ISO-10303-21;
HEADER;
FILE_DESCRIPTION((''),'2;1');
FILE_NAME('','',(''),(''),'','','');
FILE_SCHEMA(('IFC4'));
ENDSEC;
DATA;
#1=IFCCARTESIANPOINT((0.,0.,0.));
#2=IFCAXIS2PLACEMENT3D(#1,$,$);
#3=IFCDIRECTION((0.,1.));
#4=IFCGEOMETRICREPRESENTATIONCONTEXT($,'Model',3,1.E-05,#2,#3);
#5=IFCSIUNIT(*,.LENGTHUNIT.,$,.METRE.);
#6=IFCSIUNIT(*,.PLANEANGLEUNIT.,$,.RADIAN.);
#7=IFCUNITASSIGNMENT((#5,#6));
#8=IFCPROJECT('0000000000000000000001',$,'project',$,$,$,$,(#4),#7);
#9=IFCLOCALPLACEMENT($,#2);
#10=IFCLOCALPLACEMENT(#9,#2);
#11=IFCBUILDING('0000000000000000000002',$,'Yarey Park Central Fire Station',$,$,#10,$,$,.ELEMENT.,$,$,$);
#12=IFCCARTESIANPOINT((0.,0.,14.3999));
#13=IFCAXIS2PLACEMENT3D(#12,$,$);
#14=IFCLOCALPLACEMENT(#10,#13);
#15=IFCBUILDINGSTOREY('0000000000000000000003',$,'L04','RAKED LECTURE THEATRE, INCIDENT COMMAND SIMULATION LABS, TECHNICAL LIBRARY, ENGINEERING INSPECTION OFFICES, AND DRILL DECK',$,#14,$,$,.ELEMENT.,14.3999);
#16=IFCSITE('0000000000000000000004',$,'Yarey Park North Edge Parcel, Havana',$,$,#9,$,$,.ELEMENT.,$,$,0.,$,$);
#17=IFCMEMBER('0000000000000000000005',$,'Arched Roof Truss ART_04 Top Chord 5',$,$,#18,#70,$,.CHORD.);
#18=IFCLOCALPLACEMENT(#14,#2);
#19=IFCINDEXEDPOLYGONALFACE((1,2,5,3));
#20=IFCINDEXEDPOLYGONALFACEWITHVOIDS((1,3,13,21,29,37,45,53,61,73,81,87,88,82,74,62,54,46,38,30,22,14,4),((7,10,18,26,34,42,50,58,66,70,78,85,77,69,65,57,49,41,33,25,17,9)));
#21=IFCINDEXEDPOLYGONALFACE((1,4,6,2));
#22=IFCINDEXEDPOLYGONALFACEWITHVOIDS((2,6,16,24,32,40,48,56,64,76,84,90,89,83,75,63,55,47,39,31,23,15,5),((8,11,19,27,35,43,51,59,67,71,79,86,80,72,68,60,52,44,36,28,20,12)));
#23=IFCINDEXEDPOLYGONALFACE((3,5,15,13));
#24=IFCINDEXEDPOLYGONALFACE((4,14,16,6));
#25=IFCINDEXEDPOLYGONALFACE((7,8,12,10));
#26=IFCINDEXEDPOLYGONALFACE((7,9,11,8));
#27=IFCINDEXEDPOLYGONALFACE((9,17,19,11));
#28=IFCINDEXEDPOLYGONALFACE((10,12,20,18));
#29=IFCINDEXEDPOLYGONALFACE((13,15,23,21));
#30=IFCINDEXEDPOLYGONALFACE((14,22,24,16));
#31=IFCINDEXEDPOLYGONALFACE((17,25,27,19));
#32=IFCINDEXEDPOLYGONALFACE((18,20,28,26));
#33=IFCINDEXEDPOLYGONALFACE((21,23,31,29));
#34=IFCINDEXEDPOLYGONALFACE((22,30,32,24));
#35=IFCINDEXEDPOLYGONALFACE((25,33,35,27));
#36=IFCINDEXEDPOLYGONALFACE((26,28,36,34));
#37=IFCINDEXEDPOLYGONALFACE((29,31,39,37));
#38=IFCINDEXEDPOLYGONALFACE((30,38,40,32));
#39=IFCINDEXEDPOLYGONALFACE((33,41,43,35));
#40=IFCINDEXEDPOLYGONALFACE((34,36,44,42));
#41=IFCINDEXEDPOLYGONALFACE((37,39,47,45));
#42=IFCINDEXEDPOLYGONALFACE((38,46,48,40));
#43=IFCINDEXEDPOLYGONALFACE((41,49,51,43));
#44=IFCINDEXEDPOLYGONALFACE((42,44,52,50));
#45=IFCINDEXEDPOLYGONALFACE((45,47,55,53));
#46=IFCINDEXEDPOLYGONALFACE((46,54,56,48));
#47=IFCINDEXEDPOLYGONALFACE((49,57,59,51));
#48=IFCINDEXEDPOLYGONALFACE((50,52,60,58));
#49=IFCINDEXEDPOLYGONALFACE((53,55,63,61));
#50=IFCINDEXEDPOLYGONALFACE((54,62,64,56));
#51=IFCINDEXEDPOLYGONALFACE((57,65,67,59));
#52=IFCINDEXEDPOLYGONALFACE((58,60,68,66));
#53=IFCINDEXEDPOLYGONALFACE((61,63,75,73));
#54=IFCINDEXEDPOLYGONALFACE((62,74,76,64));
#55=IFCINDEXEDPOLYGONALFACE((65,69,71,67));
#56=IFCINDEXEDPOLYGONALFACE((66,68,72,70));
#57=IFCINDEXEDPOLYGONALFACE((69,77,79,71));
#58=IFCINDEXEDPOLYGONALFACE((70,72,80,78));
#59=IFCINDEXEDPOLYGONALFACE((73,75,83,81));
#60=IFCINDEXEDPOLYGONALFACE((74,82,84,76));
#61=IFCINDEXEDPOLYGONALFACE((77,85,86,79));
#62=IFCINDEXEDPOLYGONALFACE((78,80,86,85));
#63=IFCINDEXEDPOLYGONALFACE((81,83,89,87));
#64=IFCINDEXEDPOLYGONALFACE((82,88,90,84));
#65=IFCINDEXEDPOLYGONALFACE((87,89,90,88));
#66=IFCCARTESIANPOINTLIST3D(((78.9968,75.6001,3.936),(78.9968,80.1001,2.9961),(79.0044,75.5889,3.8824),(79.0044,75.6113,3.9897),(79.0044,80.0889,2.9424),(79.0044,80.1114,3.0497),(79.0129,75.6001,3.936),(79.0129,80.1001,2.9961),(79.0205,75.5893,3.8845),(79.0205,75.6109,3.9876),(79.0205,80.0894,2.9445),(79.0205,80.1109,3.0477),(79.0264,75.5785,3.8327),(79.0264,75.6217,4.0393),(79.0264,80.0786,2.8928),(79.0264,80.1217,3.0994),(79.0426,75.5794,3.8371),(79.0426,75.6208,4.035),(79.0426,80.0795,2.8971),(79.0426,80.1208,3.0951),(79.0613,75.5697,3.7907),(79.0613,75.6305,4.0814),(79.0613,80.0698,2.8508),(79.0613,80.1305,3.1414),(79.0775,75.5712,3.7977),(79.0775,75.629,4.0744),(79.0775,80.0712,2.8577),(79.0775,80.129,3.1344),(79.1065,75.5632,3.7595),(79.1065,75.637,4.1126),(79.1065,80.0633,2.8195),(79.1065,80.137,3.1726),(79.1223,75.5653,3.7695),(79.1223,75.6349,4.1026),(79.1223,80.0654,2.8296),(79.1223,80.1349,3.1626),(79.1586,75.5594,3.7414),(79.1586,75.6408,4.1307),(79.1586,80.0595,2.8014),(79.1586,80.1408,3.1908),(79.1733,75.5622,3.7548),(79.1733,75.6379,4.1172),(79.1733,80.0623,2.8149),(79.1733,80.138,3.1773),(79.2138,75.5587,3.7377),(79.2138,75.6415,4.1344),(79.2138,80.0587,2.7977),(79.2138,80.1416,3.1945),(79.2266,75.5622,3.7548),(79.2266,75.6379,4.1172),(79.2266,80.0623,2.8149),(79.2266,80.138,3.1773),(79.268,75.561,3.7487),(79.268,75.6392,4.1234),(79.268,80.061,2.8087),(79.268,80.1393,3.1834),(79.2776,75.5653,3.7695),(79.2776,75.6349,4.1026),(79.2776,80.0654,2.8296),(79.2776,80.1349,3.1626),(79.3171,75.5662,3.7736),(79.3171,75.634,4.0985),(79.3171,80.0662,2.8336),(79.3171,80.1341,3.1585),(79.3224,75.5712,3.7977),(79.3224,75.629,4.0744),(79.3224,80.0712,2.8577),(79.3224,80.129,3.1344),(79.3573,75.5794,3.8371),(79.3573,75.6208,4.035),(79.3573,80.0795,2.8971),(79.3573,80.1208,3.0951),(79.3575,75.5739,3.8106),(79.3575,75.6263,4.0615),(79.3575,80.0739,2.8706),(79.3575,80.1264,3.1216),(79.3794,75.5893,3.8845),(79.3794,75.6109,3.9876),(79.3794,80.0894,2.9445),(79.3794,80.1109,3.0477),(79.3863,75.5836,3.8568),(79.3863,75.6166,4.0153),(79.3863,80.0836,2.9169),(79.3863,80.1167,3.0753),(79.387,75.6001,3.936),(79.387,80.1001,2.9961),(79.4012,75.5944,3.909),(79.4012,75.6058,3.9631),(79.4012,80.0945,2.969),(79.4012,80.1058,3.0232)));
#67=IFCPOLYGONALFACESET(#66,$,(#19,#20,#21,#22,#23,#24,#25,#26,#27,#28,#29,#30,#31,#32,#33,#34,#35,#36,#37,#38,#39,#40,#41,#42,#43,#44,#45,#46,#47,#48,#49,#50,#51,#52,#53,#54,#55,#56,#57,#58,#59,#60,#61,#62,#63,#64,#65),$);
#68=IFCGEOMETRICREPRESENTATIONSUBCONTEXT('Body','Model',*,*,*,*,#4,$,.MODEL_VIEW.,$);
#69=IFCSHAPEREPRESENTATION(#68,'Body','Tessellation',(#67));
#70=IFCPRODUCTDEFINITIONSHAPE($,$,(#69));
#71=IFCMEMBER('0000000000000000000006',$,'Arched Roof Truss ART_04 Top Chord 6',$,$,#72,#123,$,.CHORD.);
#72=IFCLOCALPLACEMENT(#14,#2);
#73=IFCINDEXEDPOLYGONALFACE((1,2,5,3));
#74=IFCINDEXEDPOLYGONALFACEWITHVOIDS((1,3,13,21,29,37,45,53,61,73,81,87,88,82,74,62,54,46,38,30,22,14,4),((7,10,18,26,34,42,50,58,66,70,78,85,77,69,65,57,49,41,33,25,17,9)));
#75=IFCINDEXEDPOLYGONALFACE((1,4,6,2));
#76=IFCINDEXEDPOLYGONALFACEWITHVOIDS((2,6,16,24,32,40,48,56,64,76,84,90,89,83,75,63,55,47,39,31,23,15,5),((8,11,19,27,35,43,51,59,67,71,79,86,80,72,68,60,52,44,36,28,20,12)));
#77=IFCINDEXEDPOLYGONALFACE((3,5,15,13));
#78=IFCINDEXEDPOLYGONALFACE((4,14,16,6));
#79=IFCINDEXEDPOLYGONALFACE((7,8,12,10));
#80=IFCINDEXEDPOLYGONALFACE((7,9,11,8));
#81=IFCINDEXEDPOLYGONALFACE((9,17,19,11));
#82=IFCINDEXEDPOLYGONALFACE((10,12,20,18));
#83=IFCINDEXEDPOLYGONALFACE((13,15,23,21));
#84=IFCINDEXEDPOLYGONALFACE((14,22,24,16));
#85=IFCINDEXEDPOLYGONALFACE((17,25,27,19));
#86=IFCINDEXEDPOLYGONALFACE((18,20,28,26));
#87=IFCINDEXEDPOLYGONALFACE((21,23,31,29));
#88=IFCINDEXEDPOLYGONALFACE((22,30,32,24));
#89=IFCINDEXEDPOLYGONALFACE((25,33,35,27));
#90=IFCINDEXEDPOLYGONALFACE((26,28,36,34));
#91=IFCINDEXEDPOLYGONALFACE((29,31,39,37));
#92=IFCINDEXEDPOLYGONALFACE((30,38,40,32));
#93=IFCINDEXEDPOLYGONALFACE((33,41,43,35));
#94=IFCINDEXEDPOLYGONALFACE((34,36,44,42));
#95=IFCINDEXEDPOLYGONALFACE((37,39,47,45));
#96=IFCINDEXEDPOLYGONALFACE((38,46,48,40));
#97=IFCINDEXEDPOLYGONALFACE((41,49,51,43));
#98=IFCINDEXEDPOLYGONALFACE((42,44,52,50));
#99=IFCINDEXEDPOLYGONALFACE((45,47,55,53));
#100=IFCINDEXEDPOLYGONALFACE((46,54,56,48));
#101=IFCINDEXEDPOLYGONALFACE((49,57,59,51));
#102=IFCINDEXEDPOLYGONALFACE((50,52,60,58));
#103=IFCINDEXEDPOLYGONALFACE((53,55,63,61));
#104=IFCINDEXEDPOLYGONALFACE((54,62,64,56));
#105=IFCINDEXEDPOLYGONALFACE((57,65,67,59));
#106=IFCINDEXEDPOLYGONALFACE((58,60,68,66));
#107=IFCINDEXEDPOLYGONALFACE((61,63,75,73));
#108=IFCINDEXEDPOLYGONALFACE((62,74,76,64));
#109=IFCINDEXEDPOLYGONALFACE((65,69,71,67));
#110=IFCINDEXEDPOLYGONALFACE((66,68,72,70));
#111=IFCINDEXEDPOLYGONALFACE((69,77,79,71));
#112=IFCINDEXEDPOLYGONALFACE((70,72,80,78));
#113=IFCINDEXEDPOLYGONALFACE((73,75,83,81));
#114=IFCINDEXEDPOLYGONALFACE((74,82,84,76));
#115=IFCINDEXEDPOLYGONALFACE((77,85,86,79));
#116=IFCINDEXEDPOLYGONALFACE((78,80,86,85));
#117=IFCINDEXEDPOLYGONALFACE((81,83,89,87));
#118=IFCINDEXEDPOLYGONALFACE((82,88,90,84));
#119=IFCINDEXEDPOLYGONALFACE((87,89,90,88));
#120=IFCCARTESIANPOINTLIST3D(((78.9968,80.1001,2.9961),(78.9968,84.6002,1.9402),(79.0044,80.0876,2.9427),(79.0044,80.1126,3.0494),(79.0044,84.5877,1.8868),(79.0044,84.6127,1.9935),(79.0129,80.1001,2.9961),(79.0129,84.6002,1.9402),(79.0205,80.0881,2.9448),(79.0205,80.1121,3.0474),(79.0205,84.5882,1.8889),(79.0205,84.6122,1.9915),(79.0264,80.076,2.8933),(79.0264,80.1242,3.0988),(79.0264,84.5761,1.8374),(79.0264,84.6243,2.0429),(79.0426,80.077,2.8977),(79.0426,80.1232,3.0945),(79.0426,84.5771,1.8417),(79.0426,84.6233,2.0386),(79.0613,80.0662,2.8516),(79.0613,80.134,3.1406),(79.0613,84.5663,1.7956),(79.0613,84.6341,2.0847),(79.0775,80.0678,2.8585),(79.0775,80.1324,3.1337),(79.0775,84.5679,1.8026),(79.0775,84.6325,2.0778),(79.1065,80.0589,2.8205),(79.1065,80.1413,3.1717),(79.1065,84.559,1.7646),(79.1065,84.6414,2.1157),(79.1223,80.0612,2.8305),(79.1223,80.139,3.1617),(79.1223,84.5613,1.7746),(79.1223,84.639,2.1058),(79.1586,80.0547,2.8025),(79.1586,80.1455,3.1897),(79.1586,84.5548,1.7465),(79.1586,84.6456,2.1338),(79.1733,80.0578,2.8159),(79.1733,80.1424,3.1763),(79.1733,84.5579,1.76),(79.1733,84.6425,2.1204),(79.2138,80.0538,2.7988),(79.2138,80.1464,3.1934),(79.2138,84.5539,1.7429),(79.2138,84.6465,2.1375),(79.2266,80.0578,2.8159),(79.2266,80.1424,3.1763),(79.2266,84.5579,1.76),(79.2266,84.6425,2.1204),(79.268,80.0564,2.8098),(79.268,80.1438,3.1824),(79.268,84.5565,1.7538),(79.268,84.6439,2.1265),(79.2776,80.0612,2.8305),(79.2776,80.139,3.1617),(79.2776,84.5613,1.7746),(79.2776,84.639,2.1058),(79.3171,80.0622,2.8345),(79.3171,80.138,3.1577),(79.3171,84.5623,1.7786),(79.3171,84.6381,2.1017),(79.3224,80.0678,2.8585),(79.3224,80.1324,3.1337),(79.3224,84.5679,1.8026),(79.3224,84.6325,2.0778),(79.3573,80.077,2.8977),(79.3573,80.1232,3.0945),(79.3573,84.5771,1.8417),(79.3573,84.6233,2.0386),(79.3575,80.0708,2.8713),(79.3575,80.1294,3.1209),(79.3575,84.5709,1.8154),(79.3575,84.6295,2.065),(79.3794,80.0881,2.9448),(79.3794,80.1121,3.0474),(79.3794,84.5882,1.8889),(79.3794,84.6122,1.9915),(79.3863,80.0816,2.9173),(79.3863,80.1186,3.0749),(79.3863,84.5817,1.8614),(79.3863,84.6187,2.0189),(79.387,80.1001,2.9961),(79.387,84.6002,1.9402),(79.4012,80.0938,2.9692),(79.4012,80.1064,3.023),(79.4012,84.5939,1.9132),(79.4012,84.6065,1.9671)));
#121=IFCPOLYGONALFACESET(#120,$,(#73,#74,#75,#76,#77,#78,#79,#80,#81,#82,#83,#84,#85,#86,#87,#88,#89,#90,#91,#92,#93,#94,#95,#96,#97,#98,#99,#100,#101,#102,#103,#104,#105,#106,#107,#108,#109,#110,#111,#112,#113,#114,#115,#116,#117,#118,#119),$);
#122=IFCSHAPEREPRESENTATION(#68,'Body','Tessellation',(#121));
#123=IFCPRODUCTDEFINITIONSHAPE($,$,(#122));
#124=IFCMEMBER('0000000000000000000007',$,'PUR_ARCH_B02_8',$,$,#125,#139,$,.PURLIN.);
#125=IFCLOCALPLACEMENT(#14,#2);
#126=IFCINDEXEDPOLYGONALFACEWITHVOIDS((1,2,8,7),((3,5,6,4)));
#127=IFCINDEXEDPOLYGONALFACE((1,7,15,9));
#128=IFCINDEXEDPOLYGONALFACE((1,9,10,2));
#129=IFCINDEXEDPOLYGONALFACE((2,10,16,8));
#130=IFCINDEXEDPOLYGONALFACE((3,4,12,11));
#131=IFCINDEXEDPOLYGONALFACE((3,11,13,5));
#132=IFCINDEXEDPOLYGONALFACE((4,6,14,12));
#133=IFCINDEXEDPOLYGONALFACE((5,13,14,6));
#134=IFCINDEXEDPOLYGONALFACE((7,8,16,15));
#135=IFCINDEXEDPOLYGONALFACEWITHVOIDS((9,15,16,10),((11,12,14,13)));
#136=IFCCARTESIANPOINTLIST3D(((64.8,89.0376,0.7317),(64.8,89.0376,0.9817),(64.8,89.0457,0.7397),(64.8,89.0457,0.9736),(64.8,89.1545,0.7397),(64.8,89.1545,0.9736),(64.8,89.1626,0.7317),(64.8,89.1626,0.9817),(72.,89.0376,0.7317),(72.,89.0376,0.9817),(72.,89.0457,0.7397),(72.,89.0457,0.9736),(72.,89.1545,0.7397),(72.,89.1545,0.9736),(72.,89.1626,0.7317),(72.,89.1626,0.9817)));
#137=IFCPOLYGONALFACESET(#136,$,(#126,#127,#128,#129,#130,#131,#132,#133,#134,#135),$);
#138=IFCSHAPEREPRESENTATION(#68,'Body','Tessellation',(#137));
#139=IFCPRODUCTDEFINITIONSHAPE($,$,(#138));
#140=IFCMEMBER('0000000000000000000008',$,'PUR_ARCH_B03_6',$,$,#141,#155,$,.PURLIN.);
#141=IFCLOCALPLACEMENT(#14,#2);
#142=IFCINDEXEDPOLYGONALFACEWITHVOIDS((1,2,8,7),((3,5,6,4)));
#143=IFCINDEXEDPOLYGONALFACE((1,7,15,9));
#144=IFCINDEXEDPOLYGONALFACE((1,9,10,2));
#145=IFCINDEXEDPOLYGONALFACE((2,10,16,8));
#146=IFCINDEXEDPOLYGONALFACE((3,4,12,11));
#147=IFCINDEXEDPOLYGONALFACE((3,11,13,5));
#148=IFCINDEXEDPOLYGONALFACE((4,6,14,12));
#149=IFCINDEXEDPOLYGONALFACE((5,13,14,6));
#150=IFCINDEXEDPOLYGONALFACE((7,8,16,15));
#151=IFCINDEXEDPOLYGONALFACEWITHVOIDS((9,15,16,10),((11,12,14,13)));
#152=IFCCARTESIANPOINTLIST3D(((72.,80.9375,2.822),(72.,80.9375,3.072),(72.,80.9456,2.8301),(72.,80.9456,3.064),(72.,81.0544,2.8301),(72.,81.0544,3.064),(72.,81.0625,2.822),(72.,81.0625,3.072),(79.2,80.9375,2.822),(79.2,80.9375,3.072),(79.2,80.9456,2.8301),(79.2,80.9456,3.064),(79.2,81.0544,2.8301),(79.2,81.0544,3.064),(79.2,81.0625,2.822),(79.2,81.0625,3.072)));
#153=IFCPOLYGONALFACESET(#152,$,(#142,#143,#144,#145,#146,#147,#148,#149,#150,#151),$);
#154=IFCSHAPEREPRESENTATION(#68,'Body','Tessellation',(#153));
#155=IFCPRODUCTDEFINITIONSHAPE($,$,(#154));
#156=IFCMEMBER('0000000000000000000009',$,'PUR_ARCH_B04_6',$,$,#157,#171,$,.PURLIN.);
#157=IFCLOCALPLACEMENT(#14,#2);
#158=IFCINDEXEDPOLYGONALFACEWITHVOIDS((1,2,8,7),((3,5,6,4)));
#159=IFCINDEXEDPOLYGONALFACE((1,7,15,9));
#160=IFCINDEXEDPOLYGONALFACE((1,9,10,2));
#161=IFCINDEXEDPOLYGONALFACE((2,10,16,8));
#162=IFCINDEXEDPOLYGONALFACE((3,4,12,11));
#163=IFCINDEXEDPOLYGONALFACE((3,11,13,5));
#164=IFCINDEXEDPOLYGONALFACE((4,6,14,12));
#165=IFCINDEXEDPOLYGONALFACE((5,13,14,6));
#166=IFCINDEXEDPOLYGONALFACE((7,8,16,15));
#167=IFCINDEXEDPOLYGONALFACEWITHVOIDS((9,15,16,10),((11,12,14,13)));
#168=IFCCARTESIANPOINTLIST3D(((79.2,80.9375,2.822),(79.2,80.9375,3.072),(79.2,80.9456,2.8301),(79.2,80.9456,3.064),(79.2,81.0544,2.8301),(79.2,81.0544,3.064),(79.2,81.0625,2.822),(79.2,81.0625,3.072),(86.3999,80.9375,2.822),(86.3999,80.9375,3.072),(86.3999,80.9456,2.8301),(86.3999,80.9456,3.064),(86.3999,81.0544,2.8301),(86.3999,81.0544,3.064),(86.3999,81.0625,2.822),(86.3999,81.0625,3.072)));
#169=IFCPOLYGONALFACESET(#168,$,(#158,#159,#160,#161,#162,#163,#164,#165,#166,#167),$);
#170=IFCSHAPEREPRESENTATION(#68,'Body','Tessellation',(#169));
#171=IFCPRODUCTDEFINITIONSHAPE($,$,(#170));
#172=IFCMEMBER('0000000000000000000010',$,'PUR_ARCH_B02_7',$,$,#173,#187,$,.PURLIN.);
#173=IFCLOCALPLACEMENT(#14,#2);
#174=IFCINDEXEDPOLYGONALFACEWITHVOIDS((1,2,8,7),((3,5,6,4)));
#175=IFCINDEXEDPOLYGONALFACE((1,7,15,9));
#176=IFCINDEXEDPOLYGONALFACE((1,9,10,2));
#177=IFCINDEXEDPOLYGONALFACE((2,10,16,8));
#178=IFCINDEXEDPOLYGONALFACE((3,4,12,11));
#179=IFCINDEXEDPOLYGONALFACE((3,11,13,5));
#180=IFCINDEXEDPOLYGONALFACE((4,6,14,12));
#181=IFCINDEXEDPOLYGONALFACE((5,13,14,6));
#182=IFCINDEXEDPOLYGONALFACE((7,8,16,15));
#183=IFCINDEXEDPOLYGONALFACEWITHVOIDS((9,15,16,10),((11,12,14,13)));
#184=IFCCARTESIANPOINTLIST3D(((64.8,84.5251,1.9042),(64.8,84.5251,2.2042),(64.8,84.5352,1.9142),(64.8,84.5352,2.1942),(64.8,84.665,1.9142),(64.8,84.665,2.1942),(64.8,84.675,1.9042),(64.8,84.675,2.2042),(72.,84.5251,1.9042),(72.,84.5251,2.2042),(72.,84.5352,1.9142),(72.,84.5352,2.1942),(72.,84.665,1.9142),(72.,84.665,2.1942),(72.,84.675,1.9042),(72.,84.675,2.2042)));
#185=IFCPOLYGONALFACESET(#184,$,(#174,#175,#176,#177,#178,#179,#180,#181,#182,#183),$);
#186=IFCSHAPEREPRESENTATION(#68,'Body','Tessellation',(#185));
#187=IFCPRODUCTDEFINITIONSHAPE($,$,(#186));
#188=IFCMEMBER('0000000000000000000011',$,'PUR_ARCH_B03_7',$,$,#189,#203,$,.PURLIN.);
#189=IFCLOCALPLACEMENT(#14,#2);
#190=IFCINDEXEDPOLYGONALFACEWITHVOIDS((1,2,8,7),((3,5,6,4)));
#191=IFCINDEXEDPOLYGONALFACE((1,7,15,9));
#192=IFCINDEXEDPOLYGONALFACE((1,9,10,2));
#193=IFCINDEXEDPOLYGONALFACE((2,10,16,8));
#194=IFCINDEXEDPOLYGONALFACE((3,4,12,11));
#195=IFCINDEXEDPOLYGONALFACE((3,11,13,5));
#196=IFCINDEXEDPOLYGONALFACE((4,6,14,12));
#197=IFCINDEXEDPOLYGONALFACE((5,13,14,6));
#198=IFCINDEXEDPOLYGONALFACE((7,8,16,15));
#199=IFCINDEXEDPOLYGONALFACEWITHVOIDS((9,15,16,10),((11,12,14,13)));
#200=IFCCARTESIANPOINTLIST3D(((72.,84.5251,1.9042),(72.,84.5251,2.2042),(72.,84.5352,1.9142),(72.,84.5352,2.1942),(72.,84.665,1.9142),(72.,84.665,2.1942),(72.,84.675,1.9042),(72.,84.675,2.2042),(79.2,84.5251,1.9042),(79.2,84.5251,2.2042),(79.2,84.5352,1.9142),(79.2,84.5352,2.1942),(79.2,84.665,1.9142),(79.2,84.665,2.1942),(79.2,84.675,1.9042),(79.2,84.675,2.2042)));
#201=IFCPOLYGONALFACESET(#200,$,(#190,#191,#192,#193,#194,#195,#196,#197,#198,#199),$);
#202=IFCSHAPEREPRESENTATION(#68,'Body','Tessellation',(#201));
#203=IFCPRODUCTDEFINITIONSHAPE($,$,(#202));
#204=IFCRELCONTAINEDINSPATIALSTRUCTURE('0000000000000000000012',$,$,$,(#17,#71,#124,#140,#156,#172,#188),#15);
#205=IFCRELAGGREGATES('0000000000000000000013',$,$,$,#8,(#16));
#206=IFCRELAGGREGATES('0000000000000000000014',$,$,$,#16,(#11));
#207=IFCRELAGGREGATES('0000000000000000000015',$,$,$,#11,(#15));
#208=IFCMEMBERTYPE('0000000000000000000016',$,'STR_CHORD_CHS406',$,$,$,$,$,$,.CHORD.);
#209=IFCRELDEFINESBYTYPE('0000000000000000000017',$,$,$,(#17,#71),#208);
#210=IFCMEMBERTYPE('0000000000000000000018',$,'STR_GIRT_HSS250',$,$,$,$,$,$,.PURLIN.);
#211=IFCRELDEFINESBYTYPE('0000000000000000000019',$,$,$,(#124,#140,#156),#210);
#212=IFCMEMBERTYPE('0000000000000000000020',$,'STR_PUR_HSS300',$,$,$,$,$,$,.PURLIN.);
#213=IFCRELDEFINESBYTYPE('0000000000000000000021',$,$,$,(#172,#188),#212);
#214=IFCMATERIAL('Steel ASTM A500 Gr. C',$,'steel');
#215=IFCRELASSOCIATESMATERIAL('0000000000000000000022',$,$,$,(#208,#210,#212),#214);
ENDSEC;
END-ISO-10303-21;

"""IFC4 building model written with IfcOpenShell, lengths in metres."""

from ifc_helpers import new_model, si_unit, direction, frame, origin, origin_2d, place, context, subcontext, project, spatial, hollow_rectangle, hollow_circle, extrude, material, material_profile, profile_set, type_object, element, save


model = new_model("IFC4")

# Units and contexts
model_context = context("Model", 3, precision=1e-05, world=origin(), true_north=direction((0.0, 1.0)))
body_context = subcontext(model_context, "Body", "Model", "MODEL_VIEW")
ifc_project = project(units=[si_unit("LENGTHUNIT", "METRE"), si_unit("PLANEANGLEUNIT", "RADIAN")], contexts=[model_context])

# Site, building, storey
site_placement = place(None, origin())
site = spatial("IfcSite", under=ifc_project, at=site_placement, Name="Yarey Park North Edge Parcel, Havana", CompositionType="ELEMENT", RefElevation=0.0)
building_placement = place(site_placement, origin())
building = spatial("IfcBuilding", under=site, at=building_placement, Name="Yarey Park Central Fire Station", CompositionType="ELEMENT")
storey_placement = place(building_placement, frame((0.0, 0.0, 14.3999)))
storey = spatial("IfcBuildingStorey", under=building, at=storey_placement, Name="L04", Description="RAKED LECTURE THEATRE, INCIDENT COMMAND SIMULATION LABS, TECHNICAL LIBRARY, ENGINEERING INSPECTION OFFICES, AND DRILL DECK", CompositionType="ELEMENT", Elevation=14.3999)

# Members
ifc_material_1 = material(Name="Steel ASTM A500 Gr. C", Category="steel")
ifc_material_profile_1 = material_profile(ifc_material_1, hollow_circle(Radius=0.2031, WallThickness=0.0161, at=origin_2d()), Name="CHS 406.4x16")
ifc_profile_set_1 = profile_set([ifc_material_profile_1], Name="Steel ASTM A500 Gr. C")
member_type_1 = type_object("IfcMemberType", Name="STR_CHORD_CHS406", PredefinedType="CHORD", material=ifc_profile_set_1)
member_1_placement = place(storey_placement, frame((79.2, 75.6001, 3.936), z_axis=(0.0, 0.978874, -0.204463), x_axis=(-1.0, 0.0, 0.0)))
element("IfcMember", 1, at=member_1_placement, inside=storey, type_object=member_type_1, Name="Arched Roof Truss ART_04 Top Chord 5", PredefinedType="CHORD", context=body_context, shape_type="SweptSolid", body=[
    extrude(hollow_circle(Radius=0.2031, WallThickness=0.0161, at=origin_2d()), origin(), (0.0, 0.0, 1.0), 4.5972),
])
member_2_placement = place(storey_placement, frame((79.2, 80.1001, 2.9961), z_axis=(0.0, 0.973558, -0.228442), x_axis=(-1.0, 0.0, 0.0)))
element("IfcMember", 2, at=member_2_placement, inside=storey, type_object=member_type_1, Name="Arched Roof Truss ART_04 Top Chord 6", PredefinedType="CHORD", context=body_context, shape_type="SweptSolid", body=[
    extrude(hollow_circle(Radius=0.2031, WallThickness=0.0161, at=origin_2d()), origin(), (0.0, 0.0, 1.0), 4.6223),
])
ifc_material_profile_2 = material_profile(ifc_material_1, hollow_rectangle(XDim=0.125, YDim=0.25, WallThickness=0.0081, at=origin_2d()), Name="HSS 250x125x8")
ifc_profile_set_2 = profile_set([ifc_material_profile_2], Name="Steel ASTM A500 Gr. C")
member_type_2 = type_object("IfcMemberType", Name="STR_GIRT_HSS250", PredefinedType="PURLIN", material=ifc_profile_set_2)
for number, where, z_axis, x_axis, name in (
    (3, (64.8, 89.1001, 0.8567), (1.0, 0.0, 0.0), (0.0, 1.0, 0.0), "PUR_ARCH_B02_8"),
    (4, (72.0, 81.0, 2.947), (1.0, 0.0, 0.0), (0.0, 1.0, 0.0), "PUR_ARCH_B03_6"),
    (5, (79.2, 81.0, 2.947), (1.0, 0.0, 0.0), (0.0, 1.0, 0.0), "PUR_ARCH_B04_6"),
):
    element("IfcMember", number, at=place(storey_placement, frame(where, z_axis=z_axis, x_axis=x_axis)), inside=storey, type_object=member_type_2, Name=name, PredefinedType="PURLIN", context=body_context, shape_type="SweptSolid", body=[
        extrude(hollow_rectangle(XDim=0.125, YDim=0.25, WallThickness=0.0081, at=origin_2d()), origin(), (0.0, 0.0, 1.0), 7.2),
    ])
ifc_material_profile_3 = material_profile(ifc_material_1, hollow_rectangle(XDim=0.1499, YDim=0.3, WallThickness=0.01, at=origin_2d()), Name="HSS 300x150x10")
ifc_profile_set_3 = profile_set([ifc_material_profile_3], Name="Steel ASTM A500 Gr. C")
member_type_3 = type_object("IfcMemberType", Name="STR_PUR_HSS300", PredefinedType="PURLIN", material=ifc_profile_set_3)
for number, where, z_axis, x_axis, name in (
    (6, (64.8, 84.6001, 2.0542), (1.0, 0.0, 0.0), (0.0, 1.0, 0.0), "PUR_ARCH_B02_7"),
    (7, (72.0, 84.6001, 2.0542), (1.0, 0.0, 0.0), (0.0, 1.0, 0.0), "PUR_ARCH_B03_7"),
):
    element("IfcMember", number, at=place(storey_placement, frame(where, z_axis=z_axis, x_axis=x_axis)), inside=storey, type_object=member_type_3, Name=name, PredefinedType="PURLIN", context=body_context, shape_type="SweptSolid", body=[
        extrude(hollow_rectangle(XDim=0.1499, YDim=0.3, WallThickness=0.01, at=origin_2d()), origin(), (0.0, 0.0, 1.0), 7.2),
    ])

save(model, "model.ifc")
